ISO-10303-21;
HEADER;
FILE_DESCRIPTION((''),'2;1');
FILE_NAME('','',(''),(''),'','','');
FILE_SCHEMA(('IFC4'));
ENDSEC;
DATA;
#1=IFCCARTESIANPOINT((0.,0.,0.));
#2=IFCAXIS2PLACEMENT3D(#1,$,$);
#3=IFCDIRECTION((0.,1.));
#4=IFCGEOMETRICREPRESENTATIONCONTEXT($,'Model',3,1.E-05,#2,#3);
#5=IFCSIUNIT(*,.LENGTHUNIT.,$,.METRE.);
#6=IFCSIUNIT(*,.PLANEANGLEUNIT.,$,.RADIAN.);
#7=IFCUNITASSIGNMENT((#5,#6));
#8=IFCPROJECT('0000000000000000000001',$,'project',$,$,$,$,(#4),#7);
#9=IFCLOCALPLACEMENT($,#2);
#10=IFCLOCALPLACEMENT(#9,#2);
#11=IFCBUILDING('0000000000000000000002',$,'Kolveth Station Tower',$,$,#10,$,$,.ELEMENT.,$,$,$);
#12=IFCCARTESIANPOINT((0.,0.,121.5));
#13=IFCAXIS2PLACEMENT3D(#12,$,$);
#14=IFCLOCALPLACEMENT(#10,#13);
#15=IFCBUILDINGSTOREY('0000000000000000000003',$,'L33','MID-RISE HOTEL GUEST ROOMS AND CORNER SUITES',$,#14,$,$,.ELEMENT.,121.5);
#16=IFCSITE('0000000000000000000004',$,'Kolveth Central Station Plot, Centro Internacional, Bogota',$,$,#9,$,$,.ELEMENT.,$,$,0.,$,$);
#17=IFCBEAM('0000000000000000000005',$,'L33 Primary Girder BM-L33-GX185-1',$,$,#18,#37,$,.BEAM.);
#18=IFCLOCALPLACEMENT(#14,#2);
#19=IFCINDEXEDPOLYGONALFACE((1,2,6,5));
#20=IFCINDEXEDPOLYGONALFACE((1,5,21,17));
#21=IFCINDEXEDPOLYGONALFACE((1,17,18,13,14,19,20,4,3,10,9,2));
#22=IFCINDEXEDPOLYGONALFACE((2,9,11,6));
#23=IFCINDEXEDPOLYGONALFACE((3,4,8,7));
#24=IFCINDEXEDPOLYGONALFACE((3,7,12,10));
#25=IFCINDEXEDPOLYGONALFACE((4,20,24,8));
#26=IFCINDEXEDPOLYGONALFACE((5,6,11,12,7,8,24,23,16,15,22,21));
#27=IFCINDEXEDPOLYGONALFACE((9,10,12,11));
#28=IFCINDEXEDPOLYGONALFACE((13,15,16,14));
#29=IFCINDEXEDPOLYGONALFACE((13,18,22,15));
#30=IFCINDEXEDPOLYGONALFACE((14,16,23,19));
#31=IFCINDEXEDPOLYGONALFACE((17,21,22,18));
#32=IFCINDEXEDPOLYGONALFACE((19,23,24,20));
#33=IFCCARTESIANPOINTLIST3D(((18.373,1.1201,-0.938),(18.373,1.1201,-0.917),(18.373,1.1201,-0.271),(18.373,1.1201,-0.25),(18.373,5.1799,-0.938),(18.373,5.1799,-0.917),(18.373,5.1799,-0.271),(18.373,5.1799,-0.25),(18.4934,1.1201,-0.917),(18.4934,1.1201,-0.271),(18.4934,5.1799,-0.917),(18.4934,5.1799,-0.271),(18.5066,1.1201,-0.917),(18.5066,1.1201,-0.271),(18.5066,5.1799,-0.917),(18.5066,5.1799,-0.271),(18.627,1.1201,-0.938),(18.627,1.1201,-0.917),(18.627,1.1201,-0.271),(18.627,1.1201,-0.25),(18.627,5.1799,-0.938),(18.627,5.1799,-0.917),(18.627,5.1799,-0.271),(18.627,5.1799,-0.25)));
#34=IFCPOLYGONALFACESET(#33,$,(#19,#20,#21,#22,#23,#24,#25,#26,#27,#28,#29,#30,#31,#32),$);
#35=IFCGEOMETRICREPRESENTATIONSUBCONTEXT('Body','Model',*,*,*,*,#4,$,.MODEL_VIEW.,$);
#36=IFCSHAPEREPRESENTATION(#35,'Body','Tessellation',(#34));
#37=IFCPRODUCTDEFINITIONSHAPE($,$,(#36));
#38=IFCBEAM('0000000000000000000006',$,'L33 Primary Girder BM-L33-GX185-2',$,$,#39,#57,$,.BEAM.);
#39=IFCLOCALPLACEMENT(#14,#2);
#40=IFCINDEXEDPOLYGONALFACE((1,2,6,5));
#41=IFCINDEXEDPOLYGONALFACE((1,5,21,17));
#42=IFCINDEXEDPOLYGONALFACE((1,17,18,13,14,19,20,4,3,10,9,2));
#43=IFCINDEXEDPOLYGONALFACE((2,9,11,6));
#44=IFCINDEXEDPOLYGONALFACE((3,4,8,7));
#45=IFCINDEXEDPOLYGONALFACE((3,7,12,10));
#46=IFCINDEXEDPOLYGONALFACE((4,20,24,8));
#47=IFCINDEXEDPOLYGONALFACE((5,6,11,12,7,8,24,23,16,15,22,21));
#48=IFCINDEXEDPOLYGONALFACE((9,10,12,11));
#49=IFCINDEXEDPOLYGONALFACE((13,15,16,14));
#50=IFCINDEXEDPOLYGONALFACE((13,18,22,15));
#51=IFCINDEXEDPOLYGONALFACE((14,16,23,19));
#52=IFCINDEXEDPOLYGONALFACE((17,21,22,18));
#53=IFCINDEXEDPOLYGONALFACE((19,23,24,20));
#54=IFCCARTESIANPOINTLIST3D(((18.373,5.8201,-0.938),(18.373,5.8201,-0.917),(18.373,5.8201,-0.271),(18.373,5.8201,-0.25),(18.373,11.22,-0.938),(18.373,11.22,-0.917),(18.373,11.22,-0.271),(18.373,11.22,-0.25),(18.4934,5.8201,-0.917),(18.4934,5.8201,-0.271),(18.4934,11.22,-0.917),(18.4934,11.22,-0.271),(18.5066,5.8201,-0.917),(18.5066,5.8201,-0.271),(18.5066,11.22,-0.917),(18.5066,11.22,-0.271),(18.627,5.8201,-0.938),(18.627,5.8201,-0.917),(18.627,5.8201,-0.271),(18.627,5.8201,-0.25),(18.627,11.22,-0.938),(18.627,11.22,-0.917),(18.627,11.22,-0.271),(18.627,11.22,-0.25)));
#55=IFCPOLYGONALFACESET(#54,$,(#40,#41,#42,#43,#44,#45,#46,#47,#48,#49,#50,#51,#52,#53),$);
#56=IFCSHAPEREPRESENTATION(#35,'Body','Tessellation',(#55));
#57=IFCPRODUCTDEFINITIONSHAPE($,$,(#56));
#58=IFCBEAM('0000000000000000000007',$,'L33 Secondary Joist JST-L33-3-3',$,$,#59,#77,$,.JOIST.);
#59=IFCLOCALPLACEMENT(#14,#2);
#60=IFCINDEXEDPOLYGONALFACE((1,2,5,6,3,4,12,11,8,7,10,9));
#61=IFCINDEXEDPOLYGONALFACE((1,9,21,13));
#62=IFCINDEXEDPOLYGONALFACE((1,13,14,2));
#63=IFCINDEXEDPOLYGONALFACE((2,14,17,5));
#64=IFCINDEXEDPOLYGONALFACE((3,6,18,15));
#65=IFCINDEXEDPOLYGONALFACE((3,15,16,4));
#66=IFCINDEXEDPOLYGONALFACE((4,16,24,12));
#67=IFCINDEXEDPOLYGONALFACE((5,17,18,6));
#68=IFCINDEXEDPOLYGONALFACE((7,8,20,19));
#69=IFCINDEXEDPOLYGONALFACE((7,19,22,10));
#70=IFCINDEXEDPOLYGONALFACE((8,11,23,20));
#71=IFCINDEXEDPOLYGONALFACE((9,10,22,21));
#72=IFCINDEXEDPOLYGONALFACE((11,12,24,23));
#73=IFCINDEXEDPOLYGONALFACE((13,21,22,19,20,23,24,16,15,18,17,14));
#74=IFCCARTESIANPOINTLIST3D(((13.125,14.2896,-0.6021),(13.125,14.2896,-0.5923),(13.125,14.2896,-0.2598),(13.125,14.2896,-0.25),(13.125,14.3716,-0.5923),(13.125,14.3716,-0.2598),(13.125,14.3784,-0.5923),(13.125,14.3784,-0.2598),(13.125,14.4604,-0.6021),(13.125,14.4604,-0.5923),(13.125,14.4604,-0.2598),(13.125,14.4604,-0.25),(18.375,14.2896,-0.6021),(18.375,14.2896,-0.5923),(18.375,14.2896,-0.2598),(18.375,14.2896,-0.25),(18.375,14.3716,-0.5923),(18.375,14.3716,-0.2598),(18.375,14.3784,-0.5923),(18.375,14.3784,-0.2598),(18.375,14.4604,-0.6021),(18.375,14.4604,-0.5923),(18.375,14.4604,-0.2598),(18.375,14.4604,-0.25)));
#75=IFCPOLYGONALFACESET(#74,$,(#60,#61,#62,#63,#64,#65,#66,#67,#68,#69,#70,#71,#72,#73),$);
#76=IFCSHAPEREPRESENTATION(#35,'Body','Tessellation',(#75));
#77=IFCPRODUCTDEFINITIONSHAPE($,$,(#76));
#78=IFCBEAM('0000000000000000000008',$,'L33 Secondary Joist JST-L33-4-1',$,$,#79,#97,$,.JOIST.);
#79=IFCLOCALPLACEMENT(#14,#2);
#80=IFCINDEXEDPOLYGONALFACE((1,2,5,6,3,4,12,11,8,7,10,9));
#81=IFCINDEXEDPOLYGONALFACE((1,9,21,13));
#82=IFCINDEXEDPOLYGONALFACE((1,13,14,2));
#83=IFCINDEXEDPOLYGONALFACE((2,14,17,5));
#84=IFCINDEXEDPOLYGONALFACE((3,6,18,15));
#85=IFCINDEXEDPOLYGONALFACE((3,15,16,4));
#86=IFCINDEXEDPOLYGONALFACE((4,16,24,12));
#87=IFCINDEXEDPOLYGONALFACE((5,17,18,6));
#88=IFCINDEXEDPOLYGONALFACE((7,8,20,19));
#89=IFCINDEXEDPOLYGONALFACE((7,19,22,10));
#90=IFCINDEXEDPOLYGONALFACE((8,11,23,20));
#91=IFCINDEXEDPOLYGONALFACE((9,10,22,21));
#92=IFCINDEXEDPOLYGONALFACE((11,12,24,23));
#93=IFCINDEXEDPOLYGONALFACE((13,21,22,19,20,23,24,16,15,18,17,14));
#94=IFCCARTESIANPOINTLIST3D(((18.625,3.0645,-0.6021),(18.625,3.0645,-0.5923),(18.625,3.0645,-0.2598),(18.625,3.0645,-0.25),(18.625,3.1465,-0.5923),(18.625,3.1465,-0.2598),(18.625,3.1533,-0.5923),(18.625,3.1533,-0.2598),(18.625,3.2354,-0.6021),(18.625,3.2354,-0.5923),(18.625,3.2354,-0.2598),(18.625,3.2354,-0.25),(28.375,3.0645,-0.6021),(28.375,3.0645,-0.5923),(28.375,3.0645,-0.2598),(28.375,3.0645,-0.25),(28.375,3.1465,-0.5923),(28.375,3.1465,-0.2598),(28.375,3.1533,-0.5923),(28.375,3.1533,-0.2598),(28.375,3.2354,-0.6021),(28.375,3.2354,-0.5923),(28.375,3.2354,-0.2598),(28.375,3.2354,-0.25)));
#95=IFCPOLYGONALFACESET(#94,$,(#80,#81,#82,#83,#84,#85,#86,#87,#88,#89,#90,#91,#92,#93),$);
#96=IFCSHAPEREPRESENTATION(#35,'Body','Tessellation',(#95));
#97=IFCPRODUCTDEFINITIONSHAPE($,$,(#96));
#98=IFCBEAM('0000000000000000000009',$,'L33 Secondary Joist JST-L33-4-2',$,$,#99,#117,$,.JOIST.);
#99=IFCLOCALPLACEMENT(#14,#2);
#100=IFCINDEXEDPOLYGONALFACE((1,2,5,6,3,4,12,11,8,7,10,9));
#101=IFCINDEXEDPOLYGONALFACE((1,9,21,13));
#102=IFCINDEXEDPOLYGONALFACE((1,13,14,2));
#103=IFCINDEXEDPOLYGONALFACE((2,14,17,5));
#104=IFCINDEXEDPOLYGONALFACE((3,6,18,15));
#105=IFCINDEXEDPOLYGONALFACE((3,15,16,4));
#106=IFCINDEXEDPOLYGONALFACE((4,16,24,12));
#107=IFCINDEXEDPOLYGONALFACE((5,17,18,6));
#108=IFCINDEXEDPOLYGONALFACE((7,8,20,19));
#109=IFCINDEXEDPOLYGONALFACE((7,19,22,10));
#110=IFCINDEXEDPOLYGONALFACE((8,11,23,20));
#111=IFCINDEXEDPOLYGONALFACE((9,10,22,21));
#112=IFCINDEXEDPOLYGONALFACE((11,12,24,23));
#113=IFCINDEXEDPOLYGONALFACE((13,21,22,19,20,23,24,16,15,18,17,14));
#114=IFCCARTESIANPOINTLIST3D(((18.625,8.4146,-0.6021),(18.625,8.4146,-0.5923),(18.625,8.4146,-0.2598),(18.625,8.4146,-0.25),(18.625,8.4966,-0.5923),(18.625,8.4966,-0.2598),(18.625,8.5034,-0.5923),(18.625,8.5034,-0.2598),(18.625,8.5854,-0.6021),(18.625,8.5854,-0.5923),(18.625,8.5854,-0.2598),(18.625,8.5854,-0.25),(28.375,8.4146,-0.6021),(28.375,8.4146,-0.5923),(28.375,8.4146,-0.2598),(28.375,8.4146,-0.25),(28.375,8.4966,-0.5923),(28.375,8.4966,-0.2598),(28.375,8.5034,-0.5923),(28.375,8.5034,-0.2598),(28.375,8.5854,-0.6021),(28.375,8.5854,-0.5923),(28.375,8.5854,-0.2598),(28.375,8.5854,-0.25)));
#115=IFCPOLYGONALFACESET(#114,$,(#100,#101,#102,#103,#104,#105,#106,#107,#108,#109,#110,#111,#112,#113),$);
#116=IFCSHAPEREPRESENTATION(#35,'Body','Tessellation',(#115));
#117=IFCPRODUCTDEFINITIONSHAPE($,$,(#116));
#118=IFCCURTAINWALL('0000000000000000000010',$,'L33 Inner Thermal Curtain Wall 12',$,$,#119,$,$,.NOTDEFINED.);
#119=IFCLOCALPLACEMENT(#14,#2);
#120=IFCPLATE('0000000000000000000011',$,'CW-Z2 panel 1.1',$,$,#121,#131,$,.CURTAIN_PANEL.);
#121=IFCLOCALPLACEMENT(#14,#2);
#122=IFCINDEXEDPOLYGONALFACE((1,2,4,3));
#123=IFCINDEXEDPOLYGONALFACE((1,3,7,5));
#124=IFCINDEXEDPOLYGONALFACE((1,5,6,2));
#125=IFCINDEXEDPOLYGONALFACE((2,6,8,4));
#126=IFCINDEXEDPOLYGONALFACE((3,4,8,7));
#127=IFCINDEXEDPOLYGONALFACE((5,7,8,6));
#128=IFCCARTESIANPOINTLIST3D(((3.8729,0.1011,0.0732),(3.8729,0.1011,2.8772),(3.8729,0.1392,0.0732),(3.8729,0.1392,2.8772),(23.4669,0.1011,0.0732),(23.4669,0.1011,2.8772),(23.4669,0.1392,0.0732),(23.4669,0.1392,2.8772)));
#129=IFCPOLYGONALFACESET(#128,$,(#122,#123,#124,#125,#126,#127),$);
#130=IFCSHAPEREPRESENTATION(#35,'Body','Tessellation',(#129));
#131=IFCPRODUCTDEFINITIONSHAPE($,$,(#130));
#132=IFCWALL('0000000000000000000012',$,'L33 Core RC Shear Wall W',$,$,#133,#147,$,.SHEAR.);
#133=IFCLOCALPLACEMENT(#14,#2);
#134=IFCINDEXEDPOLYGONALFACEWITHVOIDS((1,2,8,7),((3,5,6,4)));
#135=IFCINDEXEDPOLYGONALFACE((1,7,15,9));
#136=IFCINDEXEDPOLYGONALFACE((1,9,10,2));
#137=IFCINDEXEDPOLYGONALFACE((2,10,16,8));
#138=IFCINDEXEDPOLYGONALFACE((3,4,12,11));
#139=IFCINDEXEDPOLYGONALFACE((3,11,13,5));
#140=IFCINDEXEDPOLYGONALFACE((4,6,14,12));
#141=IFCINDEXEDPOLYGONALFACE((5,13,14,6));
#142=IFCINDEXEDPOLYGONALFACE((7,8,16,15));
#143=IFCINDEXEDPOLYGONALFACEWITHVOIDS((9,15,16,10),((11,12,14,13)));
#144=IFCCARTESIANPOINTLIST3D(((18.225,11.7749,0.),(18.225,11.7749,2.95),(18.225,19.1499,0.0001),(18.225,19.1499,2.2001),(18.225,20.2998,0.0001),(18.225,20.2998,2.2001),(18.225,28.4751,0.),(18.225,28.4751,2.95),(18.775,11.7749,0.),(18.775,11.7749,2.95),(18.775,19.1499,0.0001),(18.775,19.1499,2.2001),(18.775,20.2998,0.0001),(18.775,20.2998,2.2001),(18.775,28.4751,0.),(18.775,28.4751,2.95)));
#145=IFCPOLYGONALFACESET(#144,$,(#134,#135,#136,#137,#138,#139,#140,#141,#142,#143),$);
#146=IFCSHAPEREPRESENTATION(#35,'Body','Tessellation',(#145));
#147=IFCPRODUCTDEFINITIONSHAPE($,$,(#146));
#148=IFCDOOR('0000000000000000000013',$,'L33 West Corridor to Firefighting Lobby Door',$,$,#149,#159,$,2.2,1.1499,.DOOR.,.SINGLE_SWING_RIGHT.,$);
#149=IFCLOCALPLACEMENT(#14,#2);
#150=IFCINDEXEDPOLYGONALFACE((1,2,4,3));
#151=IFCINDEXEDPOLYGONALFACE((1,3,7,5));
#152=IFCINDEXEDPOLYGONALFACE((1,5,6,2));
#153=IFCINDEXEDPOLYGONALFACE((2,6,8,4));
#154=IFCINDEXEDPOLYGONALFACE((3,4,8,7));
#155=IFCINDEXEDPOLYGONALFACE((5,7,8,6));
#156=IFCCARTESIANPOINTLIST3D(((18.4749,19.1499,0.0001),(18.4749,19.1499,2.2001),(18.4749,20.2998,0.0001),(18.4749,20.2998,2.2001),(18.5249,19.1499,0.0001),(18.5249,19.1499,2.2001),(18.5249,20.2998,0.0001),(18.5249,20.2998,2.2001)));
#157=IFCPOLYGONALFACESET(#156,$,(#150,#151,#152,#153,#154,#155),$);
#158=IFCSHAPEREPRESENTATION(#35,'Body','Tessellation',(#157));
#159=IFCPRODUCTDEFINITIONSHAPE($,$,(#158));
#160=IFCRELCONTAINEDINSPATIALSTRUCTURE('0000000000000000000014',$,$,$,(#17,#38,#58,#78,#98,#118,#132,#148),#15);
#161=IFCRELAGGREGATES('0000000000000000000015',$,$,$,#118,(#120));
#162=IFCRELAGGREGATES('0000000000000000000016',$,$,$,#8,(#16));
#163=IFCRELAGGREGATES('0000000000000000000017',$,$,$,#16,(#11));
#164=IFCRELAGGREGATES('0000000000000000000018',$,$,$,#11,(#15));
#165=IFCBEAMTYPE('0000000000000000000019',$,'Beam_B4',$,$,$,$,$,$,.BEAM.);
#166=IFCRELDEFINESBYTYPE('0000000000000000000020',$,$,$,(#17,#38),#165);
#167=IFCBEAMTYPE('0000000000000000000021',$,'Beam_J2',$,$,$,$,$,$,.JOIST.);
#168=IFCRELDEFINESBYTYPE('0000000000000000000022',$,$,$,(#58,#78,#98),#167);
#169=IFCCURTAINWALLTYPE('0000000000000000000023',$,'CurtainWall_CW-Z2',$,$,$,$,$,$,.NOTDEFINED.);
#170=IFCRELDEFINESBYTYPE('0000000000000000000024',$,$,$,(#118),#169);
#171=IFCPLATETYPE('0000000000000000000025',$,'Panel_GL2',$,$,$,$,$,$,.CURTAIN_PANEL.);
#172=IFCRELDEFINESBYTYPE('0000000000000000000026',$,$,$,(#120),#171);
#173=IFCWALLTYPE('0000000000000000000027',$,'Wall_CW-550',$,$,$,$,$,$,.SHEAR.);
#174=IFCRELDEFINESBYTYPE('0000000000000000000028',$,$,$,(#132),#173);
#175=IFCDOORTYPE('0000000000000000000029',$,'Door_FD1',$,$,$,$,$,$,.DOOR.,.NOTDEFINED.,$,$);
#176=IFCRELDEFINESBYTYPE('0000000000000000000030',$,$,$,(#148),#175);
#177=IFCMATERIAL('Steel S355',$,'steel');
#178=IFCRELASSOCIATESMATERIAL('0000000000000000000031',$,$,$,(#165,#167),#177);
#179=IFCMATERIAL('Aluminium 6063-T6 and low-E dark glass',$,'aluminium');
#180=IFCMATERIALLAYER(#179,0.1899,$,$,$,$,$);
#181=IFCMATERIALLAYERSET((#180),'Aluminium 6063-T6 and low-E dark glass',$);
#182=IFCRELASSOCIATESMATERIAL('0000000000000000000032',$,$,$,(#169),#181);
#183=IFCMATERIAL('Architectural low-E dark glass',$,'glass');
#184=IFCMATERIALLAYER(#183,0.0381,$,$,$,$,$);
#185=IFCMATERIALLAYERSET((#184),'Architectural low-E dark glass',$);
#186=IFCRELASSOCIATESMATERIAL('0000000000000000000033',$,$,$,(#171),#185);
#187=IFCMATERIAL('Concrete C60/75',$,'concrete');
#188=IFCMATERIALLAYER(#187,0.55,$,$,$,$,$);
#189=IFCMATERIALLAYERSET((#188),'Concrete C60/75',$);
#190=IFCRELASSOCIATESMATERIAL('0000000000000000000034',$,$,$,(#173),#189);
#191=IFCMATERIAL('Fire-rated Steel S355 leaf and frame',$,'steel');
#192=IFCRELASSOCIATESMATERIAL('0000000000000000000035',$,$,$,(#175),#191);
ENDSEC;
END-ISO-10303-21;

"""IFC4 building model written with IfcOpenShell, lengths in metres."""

from ifc_helpers import new_model, si_unit, direction, frame, frame_2d, origin, origin_2d, place, context, subcontext, project, spatial, rectangle, i_section, extrude, source, transform, mapped, material, layer, layer_set, material_profile, profile_set, type_object, element, fill, aggregate, save


model = new_model("IFC4")

# Units and contexts
model_context = context("Model", 3, precision=1e-05, world=origin(), true_north=direction((0.0, 1.0)))
body_context = subcontext(model_context, "Body", "Model", "MODEL_VIEW")
ifc_project = project(units=[si_unit("LENGTHUNIT", "METRE"), si_unit("PLANEANGLEUNIT", "RADIAN")], contexts=[model_context])

# Site, building, storey
site_placement = place(None, origin())
site = spatial("IfcSite", under=ifc_project, at=site_placement, Name="Kolveth Central Station Plot, Centro Internacional, Bogota", CompositionType="ELEMENT", RefElevation=0.0)
building_placement = place(site_placement, origin())
building = spatial("IfcBuilding", under=site, at=building_placement, Name="Kolveth Station Tower", CompositionType="ELEMENT")
storey_placement = place(building_placement, frame((0.0, 0.0, 121.5)))
storey = spatial("IfcBuildingStorey", under=building, at=storey_placement, Name="L33", Description="MID-RISE HOTEL GUEST ROOMS AND CORNER SUITES", CompositionType="ELEMENT", Elevation=121.5)

# Shared definitions
ifc_material_1 = material(Name="Steel S355", Category="steel")

# Beams
ifc_material_profile_1 = material_profile(ifc_material_1, i_section(OverallWidth=0.2539, OverallDepth=0.688, WebThickness=0.0132, FlangeThickness=0.021, at=origin_2d()), Name="W690x152")
ifc_profile_set_1 = profile_set([ifc_material_profile_1], Name="Steel S355")
beam_type_1 = type_object("IfcBeamType", Name="Beam_B4", PredefinedType="BEAM", material=ifc_profile_set_1)
shared_shape_1 = source(origin(), body_context, "Body", "SweptSolid", [
    extrude(i_section(OverallWidth=0.2539, OverallDepth=0.688, WebThickness=0.0132, FlangeThickness=0.021, at=origin_2d()), origin(), (0.0, 0.0, 1.0), 4.0598),
])
beam_1_placement = place(storey_placement, frame((18.5, 1.1201, -0.594), z_axis=(0.0, 1.0, 0.0), x_axis=(-1.0, 0.0, 0.0)))
element("IfcBeam", 1, at=beam_1_placement, inside=storey, type_object=beam_type_1, Name="L33 Primary Girder BM-L33-GX185-1", PredefinedType="BEAM", context=body_context, shape_type="MappedRepresentation", body=[
    mapped(shared_shape_1, transform((0.0, 0.0, 0.0), x_axis=(1.0, 0.0, 0.0), y_axis=(0.0, 1.0, 0.0), z_axis=(0.0, 0.0, 1.0), scale=1.0)),
])
shared_shape_2 = source(origin(), body_context, "Body", "SweptSolid", [
    extrude(i_section(OverallWidth=0.2539, OverallDepth=0.688, WebThickness=0.0132, FlangeThickness=0.021, at=origin_2d()), origin(), (0.0, 0.0, 1.0), 5.3999),
])
beam_2_placement = place(storey_placement, frame((18.5, 5.8201, -0.594), z_axis=(0.0, 1.0, 0.0), x_axis=(-1.0, 0.0, 0.0)))
element("IfcBeam", 2, at=beam_2_placement, inside=storey, type_object=beam_type_1, Name="L33 Primary Girder BM-L33-GX185-2", PredefinedType="BEAM", context=body_context, shape_type="MappedRepresentation", body=[
    mapped(shared_shape_2, transform((0.0, 0.0, 0.0), x_axis=(1.0, 0.0, 0.0), y_axis=(0.0, 1.0, 0.0), z_axis=(0.0, 0.0, 1.0), scale=1.0)),
])
ifc_material_profile_2 = material_profile(ifc_material_1, i_section(OverallWidth=0.1709, OverallDepth=0.3521, WebThickness=0.0068, FlangeThickness=0.0098, at=origin_2d()), Name="W360x44")
ifc_profile_set_2 = profile_set([ifc_material_profile_2], Name="Steel S355")
beam_type_2 = type_object("IfcBeamType", Name="Beam_J2", PredefinedType="JOIST", material=ifc_profile_set_2)
shared_shape_3 = source(origin(), body_context, "Body", "SweptSolid", [
    extrude(i_section(OverallWidth=0.1709, OverallDepth=0.3521, WebThickness=0.0068, FlangeThickness=0.0098, at=origin_2d()), origin(), (0.0, 0.0, 1.0), 5.25),
])
beam_3_placement = place(storey_placement, frame((13.125, 14.375, -0.426), z_axis=(1.0, 0.0, 0.0), x_axis=(0.0, 1.0, 0.0)))
element("IfcBeam", 3, at=beam_3_placement, inside=storey, type_object=beam_type_2, Name="L33 Secondary Joist JST-L33-3-3", PredefinedType="JOIST", context=body_context, shape_type="MappedRepresentation", body=[
    mapped(shared_shape_3, transform((0.0, 0.0, 0.0), x_axis=(1.0, 0.0, 0.0), y_axis=(0.0, 1.0, 0.0), z_axis=(0.0, 0.0, 1.0), scale=1.0)),
])
shared_shape_4 = source(origin(), body_context, "Body", "SweptSolid", [
    extrude(i_section(OverallWidth=0.1709, OverallDepth=0.3521, WebThickness=0.0068, FlangeThickness=0.0098, at=origin_2d()), origin(), (0.0, 0.0, 1.0), 9.75),
])
for number, where, z_axis, x_axis, name in (
    (4, (18.625, 3.1499, -0.426), (1.0, 0.0, 0.0), (0.0, 1.0, 0.0), "L33 Secondary Joist JST-L33-4-1"),
    (5, (18.625, 8.5, -0.426), (1.0, 0.0, 0.0), (0.0, 1.0, 0.0), "L33 Secondary Joist JST-L33-4-2"),
):
    element("IfcBeam", number, at=place(storey_placement, frame(where, z_axis=z_axis, x_axis=x_axis)), inside=storey, type_object=beam_type_2, Name=name, PredefinedType="JOIST", context=body_context, shape_type="MappedRepresentation", body=[
        mapped(shared_shape_4, transform((0.0, 0.0, 0.0), x_axis=(1.0, 0.0, 0.0), y_axis=(0.0, 1.0, 0.0), z_axis=(0.0, 0.0, 1.0), scale=1.0)),
    ])

# Curtain wall, plate
ifc_material_2 = material(Name="Aluminium 6063-T6 and low-E dark glass", Category="aluminium")
ifc_layer_1 = layer(ifc_material_2, 0.1899)
ifc_layer_set_1 = layer_set([ifc_layer_1], Name="Aluminium 6063-T6 and low-E dark glass")
curtain_wall_type = type_object("IfcCurtainWallType", Name="CurtainWall_CW-Z2", PredefinedType="NOTDEFINED", material=ifc_layer_set_1)
curtain_wall_placement = place(storey_placement, origin())
curtain_wall = element("IfcCurtainWall", 6, at=curtain_wall_placement, inside=storey, type_object=curtain_wall_type, Name="L33 Inner Thermal Curtain Wall 12", PredefinedType="NOTDEFINED")
ifc_material_3 = material(Name="Architectural low-E dark glass", Category="glass")
ifc_layer_2 = layer(ifc_material_3, 0.0381)
ifc_layer_set_2 = layer_set([ifc_layer_2], Name="Architectural low-E dark glass")
plate_type = type_object("IfcPlateType", Name="Panel_GL2", PredefinedType="CURTAIN_PANEL", material=ifc_layer_set_2)
shared_shape_5 = source(origin(), body_context, "Body", "SweptSolid", [
    extrude(rectangle(XDim=19.594, YDim=0.0381, at=origin_2d()), origin(), (0.0, 0.0, 1.0), 2.804),
])
plate_placement = place(storey_placement, frame((13.6699, 0.1201, 0.0732), z_axis=(0.0, 0.0, 1.0), x_axis=(1.0, 0.0, 0.0)))
plate = element("IfcPlate", 7, at=plate_placement, type_object=plate_type, Name="CW-Z2 panel 1.1", PredefinedType="CURTAIN_PANEL", context=body_context, shape_type="MappedRepresentation", body=[
    mapped(shared_shape_5, transform((0.0, 0.0, 0.0), x_axis=(1.0, 0.0, 0.0), y_axis=(0.0, 1.0, 0.0), z_axis=(0.0, 0.0, 1.0), scale=1.0)),
])
aggregate(curtain_wall, [plate])

# Shared definitions
ifc_material_4 = material(Name="Concrete C60/75", Category="concrete")
ifc_layer_3 = layer(ifc_material_4, 0.55)
ifc_layer_set_3 = layer_set([ifc_layer_3], Name="Concrete C60/75")
wall_type_1 = type_object("IfcWallType", Name="Wall_CW-550", PredefinedType="SHEAR", material=ifc_layer_set_3)

# Wall, opening, door
wall_1_placement = place(storey_placement, frame((18.5, 11.7749, 0.0), z_axis=(0.0, 0.0, 1.0), x_axis=(0.0, 1.0, 0.0)))
wall_1 = element("IfcWall", 8, at=wall_1_placement, inside=storey, type_object=wall_type_1, Name="L33 Core RC Shear Wall W", PredefinedType="SHEAR", context=body_context, shape_type="SweptSolid", body=[
    extrude(rectangle(XDim=16.7002, YDim=0.55, at=frame_2d((8.3501, 0.0))), origin(), (0.0, 0.0, 1.0), 2.95),
])
opening_1_placement = place(wall_1_placement, frame((7.375, 0.0, 0.0)))
opening_1 = element("IfcOpeningElement", 9, at=opening_1_placement, cuts=wall_1, PredefinedType="OPENING", context=body_context, shape_type="SweptSolid", body=[
    extrude(rectangle(XDim=1.1499, YDim=2.2, at=frame_2d((0.575, 1.1001))), frame((0.0, 0.2849, 0.0), z_axis=(0.0, -1.0, 0.0), x_axis=(1.0, 0.0, 0.0)), (0.0, 0.0, 1.0), 0.5701),
])
ifc_material_5 = material(Name="Fire-rated Steel S355 leaf and frame", Category="steel")
door_type_1 = type_object("IfcDoorType", Name="Door_FD1", OperationType="NOTDEFINED", PredefinedType="DOOR", material=ifc_material_5)
door_1_placement = place(opening_1_placement, frame((1.1499, 0.0, 0.0), z_axis=(0.0, 0.0, 1.0), x_axis=(-1.0, 0.0, 0.0)))
door_1 = element("IfcDoor", 10, at=door_1_placement, inside=storey, type_object=door_type_1, Name="L33 West Corridor to Firefighting Lobby Door", OperationType="SINGLE_SWING_RIGHT", OverallHeight=2.2, OverallWidth=1.1499, PredefinedType="DOOR", context=body_context, shape_type="SweptSolid", body=[
    extrude(rectangle(XDim=1.1499, YDim=2.2, at=frame_2d((0.575, 1.1001))), frame((0.0, 0.0249, 0.0), z_axis=(0.0, -1.0, 0.0), x_axis=(1.0, 0.0, 0.0)), (0.0, 0.0, 1.0), 0.05),
])
fill(opening_1, door_1)

save(model, "model.ifc")
